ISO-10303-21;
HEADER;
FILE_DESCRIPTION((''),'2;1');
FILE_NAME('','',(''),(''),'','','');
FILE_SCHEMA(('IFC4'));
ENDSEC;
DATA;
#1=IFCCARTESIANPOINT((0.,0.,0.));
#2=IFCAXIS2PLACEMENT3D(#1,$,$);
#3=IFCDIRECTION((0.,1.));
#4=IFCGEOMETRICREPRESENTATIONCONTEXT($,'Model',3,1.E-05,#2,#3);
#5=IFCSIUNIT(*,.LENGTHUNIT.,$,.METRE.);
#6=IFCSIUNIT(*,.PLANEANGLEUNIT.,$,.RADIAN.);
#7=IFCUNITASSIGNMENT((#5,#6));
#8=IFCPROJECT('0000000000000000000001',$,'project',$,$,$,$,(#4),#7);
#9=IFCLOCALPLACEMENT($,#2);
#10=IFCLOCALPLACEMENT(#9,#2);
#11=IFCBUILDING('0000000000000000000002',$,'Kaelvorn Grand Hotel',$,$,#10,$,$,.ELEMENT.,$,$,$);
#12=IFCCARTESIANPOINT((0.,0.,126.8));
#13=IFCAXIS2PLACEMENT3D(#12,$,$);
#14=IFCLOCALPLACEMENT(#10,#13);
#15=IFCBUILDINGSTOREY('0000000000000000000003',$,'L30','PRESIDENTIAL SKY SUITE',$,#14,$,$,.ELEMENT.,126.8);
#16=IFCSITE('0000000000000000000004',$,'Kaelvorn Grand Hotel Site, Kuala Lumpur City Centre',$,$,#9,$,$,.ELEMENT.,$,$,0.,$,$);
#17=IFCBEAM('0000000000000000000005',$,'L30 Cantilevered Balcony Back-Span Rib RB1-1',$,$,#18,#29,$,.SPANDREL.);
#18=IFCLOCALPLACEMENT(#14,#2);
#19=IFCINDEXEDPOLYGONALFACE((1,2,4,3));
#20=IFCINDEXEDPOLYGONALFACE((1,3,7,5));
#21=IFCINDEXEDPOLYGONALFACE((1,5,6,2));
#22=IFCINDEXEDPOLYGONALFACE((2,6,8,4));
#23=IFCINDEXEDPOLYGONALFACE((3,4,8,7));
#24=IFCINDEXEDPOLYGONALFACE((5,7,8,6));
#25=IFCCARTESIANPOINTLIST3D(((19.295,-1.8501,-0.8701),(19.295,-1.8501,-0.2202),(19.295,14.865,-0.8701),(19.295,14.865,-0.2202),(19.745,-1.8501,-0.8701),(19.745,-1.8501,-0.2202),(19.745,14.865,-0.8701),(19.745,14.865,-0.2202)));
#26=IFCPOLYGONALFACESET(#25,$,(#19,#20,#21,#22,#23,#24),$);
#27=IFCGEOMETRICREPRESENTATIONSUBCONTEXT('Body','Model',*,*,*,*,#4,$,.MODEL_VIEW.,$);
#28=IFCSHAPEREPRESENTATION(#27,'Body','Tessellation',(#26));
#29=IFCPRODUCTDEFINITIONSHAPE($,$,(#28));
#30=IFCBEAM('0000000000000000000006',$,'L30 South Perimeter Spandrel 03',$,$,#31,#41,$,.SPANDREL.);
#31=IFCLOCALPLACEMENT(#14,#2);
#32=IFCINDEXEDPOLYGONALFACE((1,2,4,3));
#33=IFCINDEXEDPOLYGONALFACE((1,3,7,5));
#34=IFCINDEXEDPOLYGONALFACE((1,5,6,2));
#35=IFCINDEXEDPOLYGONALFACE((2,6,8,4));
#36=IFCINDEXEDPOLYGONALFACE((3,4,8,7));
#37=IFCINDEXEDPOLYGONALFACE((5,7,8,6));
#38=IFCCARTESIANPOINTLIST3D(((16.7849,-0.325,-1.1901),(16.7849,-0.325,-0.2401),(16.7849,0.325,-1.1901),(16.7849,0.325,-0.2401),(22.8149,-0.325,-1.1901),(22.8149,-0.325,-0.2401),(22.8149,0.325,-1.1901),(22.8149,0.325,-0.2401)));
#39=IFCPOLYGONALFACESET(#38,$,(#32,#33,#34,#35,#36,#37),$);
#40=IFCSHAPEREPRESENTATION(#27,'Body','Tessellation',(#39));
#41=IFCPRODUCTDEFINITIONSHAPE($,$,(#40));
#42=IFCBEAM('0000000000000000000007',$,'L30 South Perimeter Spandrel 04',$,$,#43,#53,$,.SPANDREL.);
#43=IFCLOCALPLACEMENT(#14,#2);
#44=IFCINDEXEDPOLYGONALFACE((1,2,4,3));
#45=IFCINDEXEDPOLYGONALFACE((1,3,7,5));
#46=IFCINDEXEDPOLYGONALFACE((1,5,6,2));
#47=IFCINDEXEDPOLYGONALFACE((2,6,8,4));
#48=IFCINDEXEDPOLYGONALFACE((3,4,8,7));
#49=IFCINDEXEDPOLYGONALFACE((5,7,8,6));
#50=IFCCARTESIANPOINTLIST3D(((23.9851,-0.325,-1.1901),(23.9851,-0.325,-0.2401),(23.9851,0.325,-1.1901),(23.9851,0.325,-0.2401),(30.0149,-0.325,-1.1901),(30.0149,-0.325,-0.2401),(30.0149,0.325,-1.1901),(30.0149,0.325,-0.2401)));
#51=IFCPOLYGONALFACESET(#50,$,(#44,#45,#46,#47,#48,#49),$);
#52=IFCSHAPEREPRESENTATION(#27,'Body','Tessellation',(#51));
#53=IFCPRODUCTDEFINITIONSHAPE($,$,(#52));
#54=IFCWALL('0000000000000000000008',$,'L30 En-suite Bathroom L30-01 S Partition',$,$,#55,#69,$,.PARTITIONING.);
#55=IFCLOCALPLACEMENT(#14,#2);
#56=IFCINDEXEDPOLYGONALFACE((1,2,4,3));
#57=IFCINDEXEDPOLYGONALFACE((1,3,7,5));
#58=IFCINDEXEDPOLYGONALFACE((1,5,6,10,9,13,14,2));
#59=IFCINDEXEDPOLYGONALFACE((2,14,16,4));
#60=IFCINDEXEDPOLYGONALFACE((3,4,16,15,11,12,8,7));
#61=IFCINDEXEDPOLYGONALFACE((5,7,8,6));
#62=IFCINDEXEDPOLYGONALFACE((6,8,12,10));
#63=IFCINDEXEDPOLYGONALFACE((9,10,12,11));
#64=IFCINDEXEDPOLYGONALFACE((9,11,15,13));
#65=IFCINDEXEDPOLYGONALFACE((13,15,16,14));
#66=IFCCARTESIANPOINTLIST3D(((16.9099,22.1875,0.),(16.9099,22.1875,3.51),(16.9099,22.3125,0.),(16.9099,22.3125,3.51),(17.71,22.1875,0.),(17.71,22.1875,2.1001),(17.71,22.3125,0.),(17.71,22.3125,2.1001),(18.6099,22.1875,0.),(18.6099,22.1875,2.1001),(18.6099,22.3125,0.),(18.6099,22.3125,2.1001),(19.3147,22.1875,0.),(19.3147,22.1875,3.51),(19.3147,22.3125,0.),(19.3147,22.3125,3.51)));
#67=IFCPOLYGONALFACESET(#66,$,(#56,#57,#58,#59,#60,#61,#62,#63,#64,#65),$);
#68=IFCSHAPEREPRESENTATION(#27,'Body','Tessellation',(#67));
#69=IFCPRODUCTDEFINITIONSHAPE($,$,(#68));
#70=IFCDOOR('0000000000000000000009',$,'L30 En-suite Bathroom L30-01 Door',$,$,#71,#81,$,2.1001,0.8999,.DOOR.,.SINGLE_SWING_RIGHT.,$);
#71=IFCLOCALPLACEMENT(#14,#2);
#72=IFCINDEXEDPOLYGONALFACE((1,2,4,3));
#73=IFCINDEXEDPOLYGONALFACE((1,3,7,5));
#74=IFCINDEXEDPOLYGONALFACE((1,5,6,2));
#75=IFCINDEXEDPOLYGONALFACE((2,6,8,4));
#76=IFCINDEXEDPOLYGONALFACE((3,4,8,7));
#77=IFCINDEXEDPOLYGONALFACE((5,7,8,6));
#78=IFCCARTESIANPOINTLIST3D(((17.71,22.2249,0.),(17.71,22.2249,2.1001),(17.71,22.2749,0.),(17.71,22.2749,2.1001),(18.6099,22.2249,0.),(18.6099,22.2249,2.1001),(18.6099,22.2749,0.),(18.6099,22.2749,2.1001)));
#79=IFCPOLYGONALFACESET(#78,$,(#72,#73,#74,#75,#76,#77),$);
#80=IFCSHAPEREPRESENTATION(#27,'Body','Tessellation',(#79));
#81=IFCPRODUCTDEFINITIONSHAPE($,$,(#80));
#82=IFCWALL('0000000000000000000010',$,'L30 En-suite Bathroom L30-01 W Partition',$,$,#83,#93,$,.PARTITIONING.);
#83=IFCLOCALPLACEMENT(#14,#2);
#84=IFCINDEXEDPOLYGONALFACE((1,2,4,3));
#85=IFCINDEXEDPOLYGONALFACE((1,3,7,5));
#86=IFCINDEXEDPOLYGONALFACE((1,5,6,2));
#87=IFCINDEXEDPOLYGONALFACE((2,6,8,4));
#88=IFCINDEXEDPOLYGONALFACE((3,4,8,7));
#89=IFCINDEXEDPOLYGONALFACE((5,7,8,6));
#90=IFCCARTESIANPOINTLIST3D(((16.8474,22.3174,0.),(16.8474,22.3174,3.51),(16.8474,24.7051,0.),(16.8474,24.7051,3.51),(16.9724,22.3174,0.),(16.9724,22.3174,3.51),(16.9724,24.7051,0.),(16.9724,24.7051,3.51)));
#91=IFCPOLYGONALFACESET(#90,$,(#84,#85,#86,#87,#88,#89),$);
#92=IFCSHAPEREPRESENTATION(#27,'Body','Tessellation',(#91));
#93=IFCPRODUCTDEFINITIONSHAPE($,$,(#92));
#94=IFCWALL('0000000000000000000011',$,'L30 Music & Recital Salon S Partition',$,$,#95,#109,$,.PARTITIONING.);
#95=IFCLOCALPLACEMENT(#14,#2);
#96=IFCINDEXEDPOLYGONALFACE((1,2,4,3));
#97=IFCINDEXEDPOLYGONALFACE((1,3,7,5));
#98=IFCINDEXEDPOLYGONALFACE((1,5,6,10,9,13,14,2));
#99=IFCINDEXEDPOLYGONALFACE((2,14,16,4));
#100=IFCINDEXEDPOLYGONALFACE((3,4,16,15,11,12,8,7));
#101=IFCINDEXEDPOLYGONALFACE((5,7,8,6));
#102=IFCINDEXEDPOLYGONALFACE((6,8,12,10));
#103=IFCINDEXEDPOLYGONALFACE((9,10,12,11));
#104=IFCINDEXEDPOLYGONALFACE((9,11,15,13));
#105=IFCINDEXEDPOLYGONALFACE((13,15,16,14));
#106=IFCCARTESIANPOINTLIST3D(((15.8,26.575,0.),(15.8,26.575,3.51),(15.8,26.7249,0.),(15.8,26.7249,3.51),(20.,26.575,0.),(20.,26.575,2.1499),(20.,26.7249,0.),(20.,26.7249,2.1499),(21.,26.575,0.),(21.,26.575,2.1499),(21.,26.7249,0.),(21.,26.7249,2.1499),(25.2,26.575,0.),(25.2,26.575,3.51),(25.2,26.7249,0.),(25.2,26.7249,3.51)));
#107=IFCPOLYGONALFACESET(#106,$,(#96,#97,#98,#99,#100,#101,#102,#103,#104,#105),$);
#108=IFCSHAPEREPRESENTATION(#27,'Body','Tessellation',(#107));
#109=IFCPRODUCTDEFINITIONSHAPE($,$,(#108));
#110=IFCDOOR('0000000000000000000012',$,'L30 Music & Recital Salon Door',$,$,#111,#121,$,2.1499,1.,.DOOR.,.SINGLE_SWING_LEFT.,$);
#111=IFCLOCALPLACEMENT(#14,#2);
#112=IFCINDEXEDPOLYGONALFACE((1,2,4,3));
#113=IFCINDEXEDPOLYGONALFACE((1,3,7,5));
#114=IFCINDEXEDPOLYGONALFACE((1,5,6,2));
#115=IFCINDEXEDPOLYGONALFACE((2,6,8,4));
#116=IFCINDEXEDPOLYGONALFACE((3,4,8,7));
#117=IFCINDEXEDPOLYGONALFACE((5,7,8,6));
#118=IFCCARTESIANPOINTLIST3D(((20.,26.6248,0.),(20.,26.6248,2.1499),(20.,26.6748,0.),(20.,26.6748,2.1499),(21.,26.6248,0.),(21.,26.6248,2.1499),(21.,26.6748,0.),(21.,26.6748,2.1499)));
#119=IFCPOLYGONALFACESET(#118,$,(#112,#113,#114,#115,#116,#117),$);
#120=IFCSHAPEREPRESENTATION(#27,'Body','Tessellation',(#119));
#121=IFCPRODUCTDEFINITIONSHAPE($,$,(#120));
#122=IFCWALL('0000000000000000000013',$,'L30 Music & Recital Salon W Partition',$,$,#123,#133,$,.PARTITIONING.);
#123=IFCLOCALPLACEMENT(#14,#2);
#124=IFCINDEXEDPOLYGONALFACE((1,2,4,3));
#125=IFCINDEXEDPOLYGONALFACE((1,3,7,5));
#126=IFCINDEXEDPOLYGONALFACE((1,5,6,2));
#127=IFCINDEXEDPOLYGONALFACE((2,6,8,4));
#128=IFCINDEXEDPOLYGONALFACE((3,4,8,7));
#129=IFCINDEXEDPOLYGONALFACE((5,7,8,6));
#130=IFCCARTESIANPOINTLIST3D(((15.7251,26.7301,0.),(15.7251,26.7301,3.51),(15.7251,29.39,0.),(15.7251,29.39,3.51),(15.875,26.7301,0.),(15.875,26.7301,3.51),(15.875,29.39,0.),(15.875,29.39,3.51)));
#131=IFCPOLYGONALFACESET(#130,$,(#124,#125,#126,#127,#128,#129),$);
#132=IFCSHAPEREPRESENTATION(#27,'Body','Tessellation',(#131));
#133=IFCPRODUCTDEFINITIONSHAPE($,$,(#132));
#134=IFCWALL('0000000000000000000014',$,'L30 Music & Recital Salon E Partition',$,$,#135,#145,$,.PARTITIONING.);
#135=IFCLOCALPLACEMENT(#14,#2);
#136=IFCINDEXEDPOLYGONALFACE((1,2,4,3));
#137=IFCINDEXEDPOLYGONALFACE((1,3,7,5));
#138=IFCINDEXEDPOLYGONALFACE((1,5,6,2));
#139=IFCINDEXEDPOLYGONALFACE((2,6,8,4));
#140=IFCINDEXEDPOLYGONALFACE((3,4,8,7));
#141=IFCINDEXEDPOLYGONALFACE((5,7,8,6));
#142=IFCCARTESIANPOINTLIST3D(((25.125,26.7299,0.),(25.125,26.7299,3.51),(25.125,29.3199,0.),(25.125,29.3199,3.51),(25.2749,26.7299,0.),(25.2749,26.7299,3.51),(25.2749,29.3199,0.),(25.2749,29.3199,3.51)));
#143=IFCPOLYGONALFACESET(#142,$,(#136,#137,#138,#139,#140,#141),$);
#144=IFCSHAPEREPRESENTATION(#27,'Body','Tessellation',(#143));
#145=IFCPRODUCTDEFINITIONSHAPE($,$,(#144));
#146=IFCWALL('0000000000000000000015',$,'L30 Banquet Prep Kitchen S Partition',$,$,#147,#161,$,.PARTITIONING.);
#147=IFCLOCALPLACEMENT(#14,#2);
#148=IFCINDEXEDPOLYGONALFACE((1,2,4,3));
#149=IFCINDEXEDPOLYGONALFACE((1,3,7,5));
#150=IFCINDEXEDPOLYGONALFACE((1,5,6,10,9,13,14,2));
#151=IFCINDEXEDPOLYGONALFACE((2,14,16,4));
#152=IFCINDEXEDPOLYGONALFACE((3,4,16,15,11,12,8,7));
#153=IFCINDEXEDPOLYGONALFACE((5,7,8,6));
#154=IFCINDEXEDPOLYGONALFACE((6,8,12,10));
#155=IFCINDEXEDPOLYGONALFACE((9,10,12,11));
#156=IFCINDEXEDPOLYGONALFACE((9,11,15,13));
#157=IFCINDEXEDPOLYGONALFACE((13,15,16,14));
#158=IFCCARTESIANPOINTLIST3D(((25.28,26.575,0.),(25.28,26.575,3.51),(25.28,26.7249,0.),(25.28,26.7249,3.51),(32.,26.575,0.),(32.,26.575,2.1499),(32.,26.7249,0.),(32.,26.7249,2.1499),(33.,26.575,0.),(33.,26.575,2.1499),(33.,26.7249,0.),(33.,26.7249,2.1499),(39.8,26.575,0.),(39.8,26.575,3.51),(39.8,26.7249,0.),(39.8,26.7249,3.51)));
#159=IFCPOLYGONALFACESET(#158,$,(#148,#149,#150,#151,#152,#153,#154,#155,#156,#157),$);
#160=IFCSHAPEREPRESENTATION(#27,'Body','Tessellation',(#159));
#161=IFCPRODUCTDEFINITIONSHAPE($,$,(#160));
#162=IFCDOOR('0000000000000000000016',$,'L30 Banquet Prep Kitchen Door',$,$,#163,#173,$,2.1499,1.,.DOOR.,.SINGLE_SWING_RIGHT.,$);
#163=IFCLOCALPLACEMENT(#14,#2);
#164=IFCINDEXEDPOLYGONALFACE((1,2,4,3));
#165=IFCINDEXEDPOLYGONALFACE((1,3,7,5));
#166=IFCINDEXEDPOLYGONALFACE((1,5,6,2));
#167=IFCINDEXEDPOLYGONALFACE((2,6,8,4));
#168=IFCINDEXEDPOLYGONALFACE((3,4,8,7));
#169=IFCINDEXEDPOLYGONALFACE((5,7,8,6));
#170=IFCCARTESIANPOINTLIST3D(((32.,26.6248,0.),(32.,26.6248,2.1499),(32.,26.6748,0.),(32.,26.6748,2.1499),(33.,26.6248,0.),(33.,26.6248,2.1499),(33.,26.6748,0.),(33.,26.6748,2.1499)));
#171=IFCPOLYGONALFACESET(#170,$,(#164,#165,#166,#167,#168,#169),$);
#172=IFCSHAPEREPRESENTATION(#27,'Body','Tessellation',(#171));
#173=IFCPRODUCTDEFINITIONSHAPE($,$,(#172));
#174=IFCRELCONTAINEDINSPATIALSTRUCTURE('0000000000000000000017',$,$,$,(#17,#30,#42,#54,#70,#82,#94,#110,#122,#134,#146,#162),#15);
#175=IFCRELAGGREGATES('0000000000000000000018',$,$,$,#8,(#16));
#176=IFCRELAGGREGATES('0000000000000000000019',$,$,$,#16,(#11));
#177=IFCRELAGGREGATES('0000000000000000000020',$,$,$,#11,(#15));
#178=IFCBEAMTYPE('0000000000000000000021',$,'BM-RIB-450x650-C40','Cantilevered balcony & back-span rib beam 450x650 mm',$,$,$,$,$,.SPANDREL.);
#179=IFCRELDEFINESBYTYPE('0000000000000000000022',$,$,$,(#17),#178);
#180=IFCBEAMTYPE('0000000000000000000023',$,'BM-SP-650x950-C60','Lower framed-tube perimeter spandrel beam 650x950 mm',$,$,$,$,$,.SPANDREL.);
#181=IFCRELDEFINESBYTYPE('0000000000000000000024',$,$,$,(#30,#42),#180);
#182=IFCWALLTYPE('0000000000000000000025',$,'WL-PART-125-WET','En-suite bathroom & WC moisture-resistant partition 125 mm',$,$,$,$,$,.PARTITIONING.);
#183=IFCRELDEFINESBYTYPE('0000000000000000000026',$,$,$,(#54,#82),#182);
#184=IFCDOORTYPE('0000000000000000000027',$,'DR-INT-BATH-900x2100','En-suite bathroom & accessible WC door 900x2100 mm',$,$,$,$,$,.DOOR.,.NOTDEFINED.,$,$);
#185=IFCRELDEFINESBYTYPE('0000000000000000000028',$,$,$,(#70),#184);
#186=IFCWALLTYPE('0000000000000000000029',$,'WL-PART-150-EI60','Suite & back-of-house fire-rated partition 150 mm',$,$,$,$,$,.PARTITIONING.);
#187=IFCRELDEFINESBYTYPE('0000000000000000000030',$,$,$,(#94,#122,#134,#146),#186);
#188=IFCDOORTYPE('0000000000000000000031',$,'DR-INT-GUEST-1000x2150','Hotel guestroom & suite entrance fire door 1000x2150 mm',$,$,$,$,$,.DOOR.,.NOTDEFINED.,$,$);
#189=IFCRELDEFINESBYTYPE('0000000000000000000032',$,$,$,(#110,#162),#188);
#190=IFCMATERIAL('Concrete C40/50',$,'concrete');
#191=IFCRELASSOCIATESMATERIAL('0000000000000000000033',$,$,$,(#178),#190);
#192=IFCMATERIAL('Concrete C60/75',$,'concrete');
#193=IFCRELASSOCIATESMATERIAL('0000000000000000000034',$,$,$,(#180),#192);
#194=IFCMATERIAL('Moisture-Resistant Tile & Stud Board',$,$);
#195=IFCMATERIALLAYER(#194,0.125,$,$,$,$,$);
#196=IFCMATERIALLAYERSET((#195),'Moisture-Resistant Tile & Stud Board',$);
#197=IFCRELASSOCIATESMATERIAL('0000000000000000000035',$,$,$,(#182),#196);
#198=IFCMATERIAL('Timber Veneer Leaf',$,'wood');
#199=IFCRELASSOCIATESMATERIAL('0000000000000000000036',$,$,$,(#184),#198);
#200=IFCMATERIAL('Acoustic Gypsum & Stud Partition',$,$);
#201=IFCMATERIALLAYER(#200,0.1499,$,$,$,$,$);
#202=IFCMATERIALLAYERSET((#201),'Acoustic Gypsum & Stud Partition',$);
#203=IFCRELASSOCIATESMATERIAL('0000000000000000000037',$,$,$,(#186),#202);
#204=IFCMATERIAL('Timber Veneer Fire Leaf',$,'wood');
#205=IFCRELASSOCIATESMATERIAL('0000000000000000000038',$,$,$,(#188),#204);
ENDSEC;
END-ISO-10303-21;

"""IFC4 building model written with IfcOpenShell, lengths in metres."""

from ifc_helpers import new_model, si_unit, direction, frame, frame_2d, origin, origin_2d, place, context, subcontext, project, spatial, rectangle, extrude, material, layer, layer_set, material_profile, profile_set, type_object, element, fill, save


model = new_model("IFC4")

# Units and contexts
model_context = context("Model", 3, precision=1e-05, world=origin(), true_north=direction((0.0, 1.0)))
body_context = subcontext(model_context, "Body", "Model", "MODEL_VIEW")
ifc_project = project(units=[si_unit("LENGTHUNIT", "METRE"), si_unit("PLANEANGLEUNIT", "RADIAN")], contexts=[model_context])

# Site, building, storey
site_placement = place(None, origin())
site = spatial("IfcSite", under=ifc_project, at=site_placement, Name="Kaelvorn Grand Hotel Site, Kuala Lumpur City Centre", CompositionType="ELEMENT", RefElevation=0.0)
building_placement = place(site_placement, origin())
building = spatial("IfcBuilding", under=site, at=building_placement, Name="Kaelvorn Grand Hotel", CompositionType="ELEMENT")
storey_placement = place(building_placement, frame((0.0, 0.0, 126.8)))
storey = spatial("IfcBuildingStorey", under=building, at=storey_placement, Name="L30", Description="PRESIDENTIAL SKY SUITE", CompositionType="ELEMENT", Elevation=126.8)

# Shared definitions
ifc_material_1 = material(Name="Concrete C60/75", Category="concrete")

# Beams
ifc_material_2 = material(Name="Concrete C40/50", Category="concrete")
ifc_material_profile_1 = material_profile(ifc_material_2, rectangle(XDim=0.45, YDim=0.6499, at=origin_2d()), Name="RC RIB 450x650")
ifc_profile_set_1 = profile_set([ifc_material_profile_1], Name="Concrete C40/50")
beam_type_1 = type_object("IfcBeamType", Name="BM-RIB-450x650-C40", Description="Cantilevered balcony & back-span rib beam 450x650 mm", PredefinedType="SPANDREL", material=ifc_profile_set_1)
beam_1_placement = place(storey_placement, frame((19.52, -1.8501, -0.5452), z_axis=(0.0, 1.0, 0.0), x_axis=(-1.0, 0.0, 0.0)))
element("IfcBeam", 1, at=beam_1_placement, inside=storey, type_object=beam_type_1, Name="L30 Cantilevered Balcony Back-Span Rib RB1-1", PredefinedType="SPANDREL", context=body_context, shape_type="SweptSolid", body=[
    extrude(rectangle(XDim=0.45, YDim=0.6499, at=origin_2d()), origin(), (0.0, 0.0, 1.0), 16.7151),
])
ifc_material_profile_2 = material_profile(ifc_material_1, rectangle(XDim=0.6499, YDim=0.95, at=origin_2d()), Name="RC SPANDREL 650x950")
ifc_profile_set_2 = profile_set([ifc_material_profile_2], Name="Concrete C60/75")
beam_type_2 = type_object("IfcBeamType", Name="BM-SP-650x950-C60", Description="Lower framed-tube perimeter spandrel beam 650x950 mm", PredefinedType="SPANDREL", material=ifc_profile_set_2)
beam_2_placement = place(storey_placement, frame((16.7849, 0.0, -0.7151), z_axis=(1.0, 0.0, 0.0), x_axis=(0.0, 1.0, 0.0)))
element("IfcBeam", 2, at=beam_2_placement, inside=storey, type_object=beam_type_2, Name="L30 South Perimeter Spandrel 03", PredefinedType="SPANDREL", context=body_context, shape_type="SweptSolid", body=[
    extrude(rectangle(XDim=0.6499, YDim=0.95, at=origin_2d()), origin(), (0.0, 0.0, 1.0), 6.03),
])
beam_3_placement = place(storey_placement, frame((23.9851, 0.0, -0.7151), z_axis=(1.0, 0.0, 0.0), x_axis=(0.0, 1.0, 0.0)))
element("IfcBeam", 3, at=beam_3_placement, inside=storey, type_object=beam_type_2, Name="L30 South Perimeter Spandrel 04", PredefinedType="SPANDREL", context=body_context, shape_type="SweptSolid", body=[
    extrude(rectangle(XDim=0.6499, YDim=0.95, at=origin_2d()), origin(), (0.0, 0.0, 1.0), 6.0298),
])

# Wall, opening, door
ifc_material_3 = material(Name="Moisture-Resistant Tile & Stud Board")
ifc_layer_1 = layer(ifc_material_3, 0.125)
ifc_layer_set_1 = layer_set([ifc_layer_1], Name="Moisture-Resistant Tile & Stud Board")
wall_type_1 = type_object("IfcWallType", Name="WL-PART-125-WET", Description="En-suite bathroom & WC moisture-resistant partition 125 mm", PredefinedType="PARTITIONING", material=ifc_layer_set_1)
wall_1_placement = place(storey_placement, frame((16.9099, 22.25, 0.0), z_axis=(0.0, 0.0, 1.0), x_axis=(1.0, 0.0, 0.0)))
wall_1 = element("IfcWall", 4, at=wall_1_placement, inside=storey, type_object=wall_type_1, Name="L30 En-suite Bathroom L30-01 S Partition", PredefinedType="PARTITIONING", context=body_context, shape_type="SweptSolid", body=[
    extrude(rectangle(XDim=2.4048, YDim=0.125, at=frame_2d((1.2024, 0.0))), origin(), (0.0, 0.0, 1.0), 3.51),
])
opening_1_placement = place(wall_1_placement, frame((0.8, 0.0, 0.0)))
opening_1 = element("IfcOpeningElement", 5, at=opening_1_placement, cuts=wall_1, PredefinedType="OPENING", context=body_context, shape_type="SweptSolid", body=[
    extrude(rectangle(XDim=0.8999, YDim=2.1001, at=frame_2d((0.45, 1.05))), frame((0.0, 0.0725, 0.0), z_axis=(0.0, -1.0, 0.0), x_axis=(1.0, 0.0, 0.0)), (0.0, 0.0, 1.0), 0.145),
])
ifc_material_4 = material(Name="Timber Veneer Leaf", Category="wood")
door_type_1 = type_object("IfcDoorType", Name="DR-INT-BATH-900x2100", Description="En-suite bathroom & accessible WC door 900x2100 mm", OperationType="NOTDEFINED", PredefinedType="DOOR", material=ifc_material_4)
door_1_placement = place(opening_1_placement, origin())
door_1 = element("IfcDoor", 6, at=door_1_placement, inside=storey, type_object=door_type_1, Name="L30 En-suite Bathroom L30-01 Door", OperationType="SINGLE_SWING_RIGHT", OverallHeight=2.1001, OverallWidth=0.8999, PredefinedType="DOOR", context=body_context, shape_type="SweptSolid", body=[
    extrude(rectangle(XDim=0.8999, YDim=2.1001, at=frame_2d((0.45, 1.05))), frame((0.0, 0.0249, 0.0), z_axis=(0.0, -1.0, 0.0), x_axis=(1.0, 0.0, 0.0)), (0.0, 0.0, 1.0), 0.05),
])
fill(opening_1, door_1)

# Wall
wall_2_placement = place(storey_placement, frame((16.9099, 22.3174, 0.0), z_axis=(0.0, 0.0, 1.0), x_axis=(0.0, 1.0, 0.0)))
element("IfcWall", 7, at=wall_2_placement, inside=storey, type_object=wall_type_1, Name="L30 En-suite Bathroom L30-01 W Partition", PredefinedType="PARTITIONING", context=body_context, shape_type="SweptSolid", body=[
    extrude(rectangle(XDim=2.3877, YDim=0.125, at=frame_2d((1.1938, 0.0))), origin(), (0.0, 0.0, 1.0), 3.51),
])

# Wall, opening, door
ifc_material_5 = material(Name="Acoustic Gypsum & Stud Partition")
ifc_layer_2 = layer(ifc_material_5, 0.1499)
ifc_layer_set_2 = layer_set([ifc_layer_2], Name="Acoustic Gypsum & Stud Partition")
wall_type_2 = type_object("IfcWallType", Name="WL-PART-150-EI60", Description="Suite & back-of-house fire-rated partition 150 mm", PredefinedType="PARTITIONING", material=ifc_layer_set_2)
wall_3_placement = place(storey_placement, frame((15.8, 26.6499, 0.0), z_axis=(0.0, 0.0, 1.0), x_axis=(1.0, 0.0, 0.0)))
wall_3 = element("IfcWall", 8, at=wall_3_placement, inside=storey, type_object=wall_type_2, Name="L30 Music & Recital Salon S Partition", PredefinedType="PARTITIONING", context=body_context, shape_type="SweptSolid", body=[
    extrude(rectangle(XDim=9.3999, YDim=0.1499, at=frame_2d((4.7, 0.0))), origin(), (0.0, 0.0, 1.0), 3.51),
])
opening_2_placement = place(wall_3_placement, frame((4.2, 0.0, 0.0)))
opening_2 = element("IfcOpeningElement", 9, at=opening_2_placement, cuts=wall_3, PredefinedType="OPENING", context=body_context, shape_type="SweptSolid", body=[
    extrude(rectangle(XDim=1.0, YDim=2.1499, at=frame_2d((0.5, 1.075))), frame((0.0, 0.085, 0.0), z_axis=(0.0, -1.0, 0.0), x_axis=(1.0, 0.0, 0.0)), (0.0, 0.0, 1.0), 0.1699),
])
ifc_material_6 = material(Name="Timber Veneer Fire Leaf", Category="wood")
door_type_2 = type_object("IfcDoorType", Name="DR-INT-GUEST-1000x2150", Description="Hotel guestroom & suite entrance fire door 1000x2150 mm", OperationType="NOTDEFINED", PredefinedType="DOOR", material=ifc_material_6)
door_2_placement = place(opening_2_placement, origin())
door_2 = element("IfcDoor", 10, at=door_2_placement, inside=storey, type_object=door_type_2, Name="L30 Music & Recital Salon Door", OperationType="SINGLE_SWING_LEFT", OverallHeight=2.1499, OverallWidth=1.0, PredefinedType="DOOR", context=body_context, shape_type="SweptSolid", body=[
    extrude(rectangle(XDim=1.0, YDim=2.1499, at=frame_2d((0.5, 1.075))), frame((0.0, 0.0249, 0.0), z_axis=(0.0, -1.0, 0.0), x_axis=(1.0, 0.0, 0.0)), (0.0, 0.0, 1.0), 0.05),
])
fill(opening_2, door_2)

# Walls
wall_4_placement = place(storey_placement, frame((15.8, 26.73, 0.0), z_axis=(0.0, 0.0, 1.0), x_axis=(0.0, 1.0, 0.0)))
element("IfcWall", 11, at=wall_4_placement, inside=storey, type_object=wall_type_2, Name="L30 Music & Recital Salon W Partition", PredefinedType="PARTITIONING", context=body_context, shape_type="SweptSolid", body=[
    extrude(rectangle(XDim=2.6599, YDim=0.1499, at=frame_2d((1.3301, 0.0))), origin(), (0.0, 0.0, 1.0), 3.51),
])
wall_5_placement = place(storey_placement, frame((25.2, 26.73, 0.0), z_axis=(0.0, 0.0, 1.0), x_axis=(0.0, 1.0, 0.0)))
element("IfcWall", 12, at=wall_5_placement, inside=storey, type_object=wall_type_2, Name="L30 Music & Recital Salon E Partition", PredefinedType="PARTITIONING", context=body_context, shape_type="SweptSolid", body=[
    extrude(rectangle(XDim=2.5901, YDim=0.1499, at=frame_2d((1.2949, 0.0))), origin(), (0.0, 0.0, 1.0), 3.51),
])

# Wall, opening, door
wall_6_placement = place(storey_placement, frame((25.28, 26.6499, 0.0), z_axis=(0.0, 0.0, 1.0), x_axis=(1.0, 0.0, 0.0)))
wall_6 = element("IfcWall", 13, at=wall_6_placement, inside=storey, type_object=wall_type_2, Name="L30 Banquet Prep Kitchen S Partition", PredefinedType="PARTITIONING", context=body_context, shape_type="SweptSolid", body=[
    extrude(rectangle(XDim=14.52, YDim=0.1499, at=frame_2d((7.26, 0.0))), origin(), (0.0, 0.0, 1.0), 3.51),
])
opening_3_placement = place(wall_6_placement, frame((6.72, 0.0, 0.0)))
opening_3 = element("IfcOpeningElement", 14, at=opening_3_placement, cuts=wall_6, PredefinedType="OPENING", context=body_context, shape_type="SweptSolid", body=[
    extrude(rectangle(XDim=1.0, YDim=2.1499, at=frame_2d((0.5, 1.075))), frame((0.0, 0.085, 0.0), z_axis=(0.0, -1.0, 0.0), x_axis=(1.0, 0.0, 0.0)), (0.0, 0.0, 1.0), 0.1699),
])
door_3_placement = place(opening_3_placement, origin())
door_3 = element("IfcDoor", 15, at=door_3_placement, inside=storey, type_object=door_type_2, Name="L30 Banquet Prep Kitchen Door", OperationType="SINGLE_SWING_RIGHT", OverallHeight=2.1499, OverallWidth=1.0, PredefinedType="DOOR", context=body_context, shape_type="SweptSolid", body=[
    extrude(rectangle(XDim=1.0, YDim=2.1499, at=frame_2d((0.5, 1.075))), frame((0.0, 0.0249, 0.0), z_axis=(0.0, -1.0, 0.0), x_axis=(1.0, 0.0, 0.0)), (0.0, 0.0, 1.0), 0.05),
])
fill(opening_3, door_3)

save(model, "model.ifc")
